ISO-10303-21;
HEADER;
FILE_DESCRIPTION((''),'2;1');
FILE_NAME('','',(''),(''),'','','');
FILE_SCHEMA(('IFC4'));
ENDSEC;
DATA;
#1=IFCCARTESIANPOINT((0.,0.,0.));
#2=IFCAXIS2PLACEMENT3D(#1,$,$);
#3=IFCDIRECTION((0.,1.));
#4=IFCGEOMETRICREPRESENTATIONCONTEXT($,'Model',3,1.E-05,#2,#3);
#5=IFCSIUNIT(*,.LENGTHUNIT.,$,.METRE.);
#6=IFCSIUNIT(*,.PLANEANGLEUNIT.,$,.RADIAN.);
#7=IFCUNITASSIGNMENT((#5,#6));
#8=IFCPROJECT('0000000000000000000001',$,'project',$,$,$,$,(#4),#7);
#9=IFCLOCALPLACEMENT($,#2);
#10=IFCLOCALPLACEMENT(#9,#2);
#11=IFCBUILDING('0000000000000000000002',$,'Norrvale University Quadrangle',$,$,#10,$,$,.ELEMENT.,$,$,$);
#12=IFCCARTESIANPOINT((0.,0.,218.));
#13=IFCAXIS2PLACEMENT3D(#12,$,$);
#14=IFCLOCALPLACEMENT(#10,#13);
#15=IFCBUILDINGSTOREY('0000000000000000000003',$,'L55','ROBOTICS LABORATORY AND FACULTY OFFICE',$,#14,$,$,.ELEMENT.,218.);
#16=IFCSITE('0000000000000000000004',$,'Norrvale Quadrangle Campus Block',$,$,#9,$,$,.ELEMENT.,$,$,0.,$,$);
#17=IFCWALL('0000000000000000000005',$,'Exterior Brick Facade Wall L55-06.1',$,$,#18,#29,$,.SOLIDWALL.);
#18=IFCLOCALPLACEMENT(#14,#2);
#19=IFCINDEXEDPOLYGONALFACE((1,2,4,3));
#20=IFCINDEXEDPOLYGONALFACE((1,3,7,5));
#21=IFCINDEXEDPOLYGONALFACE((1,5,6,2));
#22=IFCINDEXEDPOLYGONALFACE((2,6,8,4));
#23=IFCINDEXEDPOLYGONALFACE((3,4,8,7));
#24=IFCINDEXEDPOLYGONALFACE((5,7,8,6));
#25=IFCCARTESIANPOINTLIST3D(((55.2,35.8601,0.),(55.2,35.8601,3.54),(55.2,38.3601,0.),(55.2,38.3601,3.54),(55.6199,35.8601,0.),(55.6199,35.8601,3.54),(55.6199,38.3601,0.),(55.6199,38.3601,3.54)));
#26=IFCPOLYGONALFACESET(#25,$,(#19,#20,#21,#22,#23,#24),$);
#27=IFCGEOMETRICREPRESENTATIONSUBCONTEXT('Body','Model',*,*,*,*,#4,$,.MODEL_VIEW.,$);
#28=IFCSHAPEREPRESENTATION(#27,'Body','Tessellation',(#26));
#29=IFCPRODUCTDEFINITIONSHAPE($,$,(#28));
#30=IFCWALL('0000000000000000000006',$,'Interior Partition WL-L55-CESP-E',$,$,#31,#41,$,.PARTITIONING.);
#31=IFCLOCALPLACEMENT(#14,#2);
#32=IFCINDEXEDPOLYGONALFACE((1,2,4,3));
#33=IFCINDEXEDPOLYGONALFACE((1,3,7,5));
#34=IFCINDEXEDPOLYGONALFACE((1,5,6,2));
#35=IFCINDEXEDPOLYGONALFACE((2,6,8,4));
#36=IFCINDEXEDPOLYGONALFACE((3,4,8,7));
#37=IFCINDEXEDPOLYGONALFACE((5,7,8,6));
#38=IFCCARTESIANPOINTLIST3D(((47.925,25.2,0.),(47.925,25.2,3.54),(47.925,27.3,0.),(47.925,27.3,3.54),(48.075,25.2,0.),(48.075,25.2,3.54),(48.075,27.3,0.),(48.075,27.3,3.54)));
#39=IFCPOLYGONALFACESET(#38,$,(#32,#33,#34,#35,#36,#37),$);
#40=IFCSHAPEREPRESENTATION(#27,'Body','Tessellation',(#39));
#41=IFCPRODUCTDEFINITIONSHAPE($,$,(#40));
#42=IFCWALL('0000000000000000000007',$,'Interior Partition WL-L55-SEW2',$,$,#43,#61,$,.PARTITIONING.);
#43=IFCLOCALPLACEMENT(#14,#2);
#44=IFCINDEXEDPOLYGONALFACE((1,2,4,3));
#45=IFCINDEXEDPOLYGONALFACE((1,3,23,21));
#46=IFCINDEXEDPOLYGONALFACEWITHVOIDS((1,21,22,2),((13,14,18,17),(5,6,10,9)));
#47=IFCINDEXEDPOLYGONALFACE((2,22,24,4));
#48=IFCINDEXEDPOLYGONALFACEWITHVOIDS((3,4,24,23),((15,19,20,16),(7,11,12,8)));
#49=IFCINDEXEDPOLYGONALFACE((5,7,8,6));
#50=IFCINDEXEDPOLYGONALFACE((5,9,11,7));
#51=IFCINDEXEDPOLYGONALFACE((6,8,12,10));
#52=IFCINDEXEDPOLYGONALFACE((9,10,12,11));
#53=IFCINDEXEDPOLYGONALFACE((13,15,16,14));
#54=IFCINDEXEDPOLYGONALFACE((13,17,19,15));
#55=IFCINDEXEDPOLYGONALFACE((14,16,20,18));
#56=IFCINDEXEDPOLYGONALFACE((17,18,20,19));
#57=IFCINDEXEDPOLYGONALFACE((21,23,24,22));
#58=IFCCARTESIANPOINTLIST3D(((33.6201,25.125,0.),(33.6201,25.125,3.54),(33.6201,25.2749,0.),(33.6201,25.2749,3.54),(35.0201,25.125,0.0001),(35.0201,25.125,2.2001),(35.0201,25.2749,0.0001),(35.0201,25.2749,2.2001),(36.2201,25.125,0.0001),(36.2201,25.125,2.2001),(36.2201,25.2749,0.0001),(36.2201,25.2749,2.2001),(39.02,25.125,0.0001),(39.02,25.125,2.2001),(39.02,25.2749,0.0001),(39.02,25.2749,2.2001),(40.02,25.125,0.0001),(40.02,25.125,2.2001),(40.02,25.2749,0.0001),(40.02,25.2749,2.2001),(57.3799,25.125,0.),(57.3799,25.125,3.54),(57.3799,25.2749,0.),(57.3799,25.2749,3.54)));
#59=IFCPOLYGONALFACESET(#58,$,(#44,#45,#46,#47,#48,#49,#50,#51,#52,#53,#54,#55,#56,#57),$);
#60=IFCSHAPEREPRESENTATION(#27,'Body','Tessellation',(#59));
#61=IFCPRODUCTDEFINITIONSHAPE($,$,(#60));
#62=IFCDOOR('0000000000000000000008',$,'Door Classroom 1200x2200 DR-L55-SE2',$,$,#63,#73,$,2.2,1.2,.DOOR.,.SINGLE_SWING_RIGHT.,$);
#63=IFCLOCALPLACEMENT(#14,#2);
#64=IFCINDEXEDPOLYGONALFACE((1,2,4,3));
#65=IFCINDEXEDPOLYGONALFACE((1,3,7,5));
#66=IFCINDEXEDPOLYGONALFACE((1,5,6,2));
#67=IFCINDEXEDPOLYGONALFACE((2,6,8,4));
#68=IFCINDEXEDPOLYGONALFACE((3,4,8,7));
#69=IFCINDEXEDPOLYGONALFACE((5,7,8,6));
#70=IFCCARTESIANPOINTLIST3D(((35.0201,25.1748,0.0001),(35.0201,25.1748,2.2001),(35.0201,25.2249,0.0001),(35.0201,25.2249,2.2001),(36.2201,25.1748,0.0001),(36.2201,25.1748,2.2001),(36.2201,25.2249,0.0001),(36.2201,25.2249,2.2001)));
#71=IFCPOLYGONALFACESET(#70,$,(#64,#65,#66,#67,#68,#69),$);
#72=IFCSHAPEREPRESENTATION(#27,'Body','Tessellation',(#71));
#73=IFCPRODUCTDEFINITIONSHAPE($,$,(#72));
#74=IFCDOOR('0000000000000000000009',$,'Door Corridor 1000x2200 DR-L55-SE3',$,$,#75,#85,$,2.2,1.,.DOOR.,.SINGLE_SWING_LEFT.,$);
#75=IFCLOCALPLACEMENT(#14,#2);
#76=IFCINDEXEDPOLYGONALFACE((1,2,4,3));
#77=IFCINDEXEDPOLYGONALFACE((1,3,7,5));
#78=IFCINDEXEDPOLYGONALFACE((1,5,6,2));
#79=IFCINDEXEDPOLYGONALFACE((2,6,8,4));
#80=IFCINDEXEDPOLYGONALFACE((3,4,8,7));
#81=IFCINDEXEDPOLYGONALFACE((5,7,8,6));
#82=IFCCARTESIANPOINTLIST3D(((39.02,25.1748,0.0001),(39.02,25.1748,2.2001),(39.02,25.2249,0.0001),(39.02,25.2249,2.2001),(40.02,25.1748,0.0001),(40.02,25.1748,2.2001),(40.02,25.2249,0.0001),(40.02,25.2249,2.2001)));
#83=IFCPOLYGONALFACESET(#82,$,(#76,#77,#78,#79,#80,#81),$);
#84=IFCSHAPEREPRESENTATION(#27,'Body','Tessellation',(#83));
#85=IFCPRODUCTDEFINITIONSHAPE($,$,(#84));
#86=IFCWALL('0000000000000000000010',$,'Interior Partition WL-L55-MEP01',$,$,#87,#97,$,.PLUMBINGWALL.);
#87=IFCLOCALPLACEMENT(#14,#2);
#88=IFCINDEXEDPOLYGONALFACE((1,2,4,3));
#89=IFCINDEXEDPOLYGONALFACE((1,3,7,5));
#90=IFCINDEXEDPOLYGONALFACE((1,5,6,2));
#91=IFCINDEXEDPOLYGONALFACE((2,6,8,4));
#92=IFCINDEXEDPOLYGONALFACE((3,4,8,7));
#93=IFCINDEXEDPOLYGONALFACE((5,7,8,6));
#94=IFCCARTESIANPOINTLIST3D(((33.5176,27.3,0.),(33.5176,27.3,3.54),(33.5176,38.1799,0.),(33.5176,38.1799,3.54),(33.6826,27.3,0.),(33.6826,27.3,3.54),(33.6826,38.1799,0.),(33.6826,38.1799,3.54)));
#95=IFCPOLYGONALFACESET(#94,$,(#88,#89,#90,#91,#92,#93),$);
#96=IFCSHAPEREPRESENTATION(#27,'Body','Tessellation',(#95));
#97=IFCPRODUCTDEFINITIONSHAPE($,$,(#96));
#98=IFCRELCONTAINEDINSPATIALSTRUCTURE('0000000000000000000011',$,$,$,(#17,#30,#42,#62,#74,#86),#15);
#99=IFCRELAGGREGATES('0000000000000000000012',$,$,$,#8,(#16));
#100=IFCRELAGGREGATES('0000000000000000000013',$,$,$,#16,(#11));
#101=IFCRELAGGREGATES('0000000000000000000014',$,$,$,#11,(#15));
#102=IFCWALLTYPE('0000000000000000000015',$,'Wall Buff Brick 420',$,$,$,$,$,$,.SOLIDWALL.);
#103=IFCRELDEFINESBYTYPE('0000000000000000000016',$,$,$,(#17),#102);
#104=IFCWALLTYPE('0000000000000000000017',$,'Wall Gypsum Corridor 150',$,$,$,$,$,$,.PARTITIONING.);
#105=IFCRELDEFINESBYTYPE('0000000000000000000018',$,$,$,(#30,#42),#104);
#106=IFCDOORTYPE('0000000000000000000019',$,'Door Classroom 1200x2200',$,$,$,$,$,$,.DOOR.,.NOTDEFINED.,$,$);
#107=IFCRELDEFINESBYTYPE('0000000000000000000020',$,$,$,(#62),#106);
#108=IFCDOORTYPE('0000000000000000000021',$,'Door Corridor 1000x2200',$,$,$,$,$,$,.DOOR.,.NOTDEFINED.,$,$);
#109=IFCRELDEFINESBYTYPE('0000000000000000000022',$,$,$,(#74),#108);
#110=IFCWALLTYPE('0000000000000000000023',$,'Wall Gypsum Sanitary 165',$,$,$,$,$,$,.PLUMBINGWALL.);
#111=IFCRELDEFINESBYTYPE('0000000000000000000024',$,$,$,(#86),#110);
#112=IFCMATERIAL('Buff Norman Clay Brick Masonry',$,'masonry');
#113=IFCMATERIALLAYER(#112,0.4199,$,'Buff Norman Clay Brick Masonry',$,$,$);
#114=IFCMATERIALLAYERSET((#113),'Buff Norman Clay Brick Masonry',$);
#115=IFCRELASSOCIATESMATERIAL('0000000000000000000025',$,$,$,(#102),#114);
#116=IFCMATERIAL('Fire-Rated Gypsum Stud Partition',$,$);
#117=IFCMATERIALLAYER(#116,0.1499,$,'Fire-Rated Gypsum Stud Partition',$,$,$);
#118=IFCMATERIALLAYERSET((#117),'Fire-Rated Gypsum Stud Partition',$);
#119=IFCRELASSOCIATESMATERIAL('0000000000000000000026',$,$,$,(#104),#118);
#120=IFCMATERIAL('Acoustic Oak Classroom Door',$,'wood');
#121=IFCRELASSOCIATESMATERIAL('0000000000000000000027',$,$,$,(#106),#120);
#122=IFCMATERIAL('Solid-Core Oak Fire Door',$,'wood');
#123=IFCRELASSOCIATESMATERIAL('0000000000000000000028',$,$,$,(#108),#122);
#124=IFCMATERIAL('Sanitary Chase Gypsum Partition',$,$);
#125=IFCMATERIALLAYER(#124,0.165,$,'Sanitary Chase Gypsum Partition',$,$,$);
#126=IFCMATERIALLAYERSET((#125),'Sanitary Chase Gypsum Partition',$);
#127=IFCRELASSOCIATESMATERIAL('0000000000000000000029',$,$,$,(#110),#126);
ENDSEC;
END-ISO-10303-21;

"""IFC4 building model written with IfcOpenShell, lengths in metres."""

from ifc_helpers import new_model, si_unit, direction, frame, frame_2d, origin, place, context, subcontext, project, spatial, rectangle, extrude, material, layer, layer_set, type_object, element, fill, save


model = new_model("IFC4")

# Units and contexts
model_context = context("Model", 3, precision=1e-05, world=origin(), true_north=direction((0.0, 1.0)))
body_context = subcontext(model_context, "Body", "Model", "MODEL_VIEW")
ifc_project = project(units=[si_unit("LENGTHUNIT", "METRE"), si_unit("PLANEANGLEUNIT", "RADIAN")], contexts=[model_context])

# Site, building, storey
site_placement = place(None, origin())
site = spatial("IfcSite", under=ifc_project, at=site_placement, Name="Norrvale Quadrangle Campus Block", CompositionType="ELEMENT", RefElevation=0.0)
building_placement = place(site_placement, origin())
building = spatial("IfcBuilding", under=site, at=building_placement, Name="Norrvale University Quadrangle", CompositionType="ELEMENT")
storey_placement = place(building_placement, frame((0.0, 0.0, 218.0)))
storey = spatial("IfcBuildingStorey", under=building, at=storey_placement, Name="L55", Description="ROBOTICS LABORATORY AND FACULTY OFFICE", CompositionType="ELEMENT", Elevation=218.0)

# Walls
ifc_material_1 = material(Name="Buff Norman Clay Brick Masonry", Category="masonry")
ifc_layer_1 = layer(ifc_material_1, 0.4199, Name="Buff Norman Clay Brick Masonry")
ifc_layer_set_1 = layer_set([ifc_layer_1], Name="Buff Norman Clay Brick Masonry")
wall_type_1 = type_object("IfcWallType", Name="Wall Buff Brick 420", PredefinedType="SOLIDWALL", material=ifc_layer_set_1)
wall_1_placement = place(storey_placement, frame((55.4099, 35.8601, 0.0), z_axis=(0.0, 0.0, 1.0), x_axis=(0.0, 1.0, 0.0)))
element("IfcWall", 1, at=wall_1_placement, inside=storey, type_object=wall_type_1, Name="Exterior Brick Facade Wall L55-06.1", PredefinedType="SOLIDWALL", context=body_context, shape_type="SweptSolid", body=[
    extrude(rectangle(XDim=2.5, YDim=0.4199, at=frame_2d((1.25, 0.0))), origin(), (0.0, 0.0, 1.0), 3.54),
])
ifc_material_2 = material(Name="Fire-Rated Gypsum Stud Partition")
ifc_layer_2 = layer(ifc_material_2, 0.1499, Name="Fire-Rated Gypsum Stud Partition")
ifc_layer_set_2 = layer_set([ifc_layer_2], Name="Fire-Rated Gypsum Stud Partition")
wall_type_2 = type_object("IfcWallType", Name="Wall Gypsum Corridor 150", PredefinedType="PARTITIONING", material=ifc_layer_set_2)
wall_2_placement = place(storey_placement, frame((48.0, 25.2, 0.0), z_axis=(0.0, 0.0, 1.0), x_axis=(0.0, 1.0, 0.0)))
element("IfcWall", 2, at=wall_2_placement, inside=storey, type_object=wall_type_2, Name="Interior Partition WL-L55-CESP-E", PredefinedType="PARTITIONING", context=body_context, shape_type="SweptSolid", body=[
    extrude(rectangle(XDim=2.1001, YDim=0.1499, at=frame_2d((1.05, 0.0))), origin(), (0.0, 0.0, 1.0), 3.54),
])

# Wall, openings, doors
wall_3_placement = place(storey_placement, frame((33.6201, 25.2, 0.0), z_axis=(0.0, 0.0, 1.0), x_axis=(1.0, 0.0, 0.0)))
wall_3 = element("IfcWall", 3, at=wall_3_placement, inside=storey, type_object=wall_type_2, Name="Interior Partition WL-L55-SEW2", PredefinedType="PARTITIONING", context=body_context, shape_type="SweptSolid", body=[
    extrude(rectangle(XDim=23.7598, YDim=0.1499, at=frame_2d((11.8799, 0.0))), origin(), (0.0, 0.0, 1.0), 3.54),
])
opening_1_placement = place(wall_3_placement, frame((1.3999, 0.0, 0.0)))
opening_1 = element("IfcOpeningElement", 4, at=opening_1_placement, cuts=wall_3, PredefinedType="OPENING", context=body_context, shape_type="SweptSolid", body=[
    extrude(rectangle(XDim=1.2, YDim=2.2, at=frame_2d((0.6001, 1.1001))), frame((0.0, 0.0869, 0.0), z_axis=(0.0, -1.0, 0.0), x_axis=(1.0, 0.0, 0.0)), (0.0, 0.0, 1.0), 0.1738),
])
opening_2_placement = place(wall_3_placement, frame((5.3999, 0.0, 0.0)))
opening_2 = element("IfcOpeningElement", 5, at=opening_2_placement, cuts=wall_3, PredefinedType="OPENING", context=body_context, shape_type="SweptSolid", body=[
    extrude(rectangle(XDim=1.0, YDim=2.2, at=frame_2d((0.5, 1.1001))), frame((0.0, 0.0869, 0.0), z_axis=(0.0, -1.0, 0.0), x_axis=(1.0, 0.0, 0.0)), (0.0, 0.0, 1.0), 0.1738),
])
ifc_material_3 = material(Name="Acoustic Oak Classroom Door", Category="wood")
door_type_1 = type_object("IfcDoorType", Name="Door Classroom 1200x2200", OperationType="NOTDEFINED", PredefinedType="DOOR", material=ifc_material_3)
door_1_placement = place(opening_1_placement, origin())
door_1 = element("IfcDoor", 6, at=door_1_placement, inside=storey, type_object=door_type_1, Name="Door Classroom 1200x2200 DR-L55-SE2", OperationType="SINGLE_SWING_RIGHT", OverallHeight=2.2, OverallWidth=1.2, PredefinedType="DOOR", context=body_context, shape_type="SweptSolid", body=[
    extrude(rectangle(XDim=1.2, YDim=2.2, at=frame_2d((0.6001, 1.1001))), frame((0.0, 0.0249, 0.0), z_axis=(0.0, -1.0, 0.0), x_axis=(1.0, 0.0, 0.0)), (0.0, 0.0, 1.0), 0.05),
])
fill(opening_1, door_1)
ifc_material_4 = material(Name="Solid-Core Oak Fire Door", Category="wood")
door_type_2 = type_object("IfcDoorType", Name="Door Corridor 1000x2200", OperationType="NOTDEFINED", PredefinedType="DOOR", material=ifc_material_4)
door_2_placement = place(opening_2_placement, origin())
door_2 = element("IfcDoor", 7, at=door_2_placement, inside=storey, type_object=door_type_2, Name="Door Corridor 1000x2200 DR-L55-SE3", OperationType="SINGLE_SWING_LEFT", OverallHeight=2.2, OverallWidth=1.0, PredefinedType="DOOR", context=body_context, shape_type="SweptSolid", body=[
    extrude(rectangle(XDim=1.0, YDim=2.2, at=frame_2d((0.5, 1.1001))), frame((0.0, 0.0249, 0.0), z_axis=(0.0, -1.0, 0.0), x_axis=(1.0, 0.0, 0.0)), (0.0, 0.0, 1.0), 0.05),
])
fill(opening_2, door_2)

# Wall
ifc_material_5 = material(Name="Sanitary Chase Gypsum Partition")
ifc_layer_3 = layer(ifc_material_5, 0.165, Name="Sanitary Chase Gypsum Partition")
ifc_layer_set_3 = layer_set([ifc_layer_3], Name="Sanitary Chase Gypsum Partition")
wall_type_3 = type_object("IfcWallType", Name="Wall Gypsum Sanitary 165", PredefinedType="PLUMBINGWALL", material=ifc_layer_set_3)
wall_4_placement = place(storey_placement, frame((33.6001, 27.3, 0.0), z_axis=(0.0, 0.0, 1.0), x_axis=(0.0, 1.0, 0.0)))
element("IfcWall", 8, at=wall_4_placement, inside=storey, type_object=wall_type_3, Name="Interior Partition WL-L55-MEP01", PredefinedType="PLUMBINGWALL", context=body_context, shape_type="SweptSolid", body=[
    extrude(rectangle(XDim=10.8799, YDim=0.165, at=frame_2d((5.4399, 0.0))), origin(), (0.0, 0.0, 1.0), 3.54),
])

save(model, "model.ifc")
